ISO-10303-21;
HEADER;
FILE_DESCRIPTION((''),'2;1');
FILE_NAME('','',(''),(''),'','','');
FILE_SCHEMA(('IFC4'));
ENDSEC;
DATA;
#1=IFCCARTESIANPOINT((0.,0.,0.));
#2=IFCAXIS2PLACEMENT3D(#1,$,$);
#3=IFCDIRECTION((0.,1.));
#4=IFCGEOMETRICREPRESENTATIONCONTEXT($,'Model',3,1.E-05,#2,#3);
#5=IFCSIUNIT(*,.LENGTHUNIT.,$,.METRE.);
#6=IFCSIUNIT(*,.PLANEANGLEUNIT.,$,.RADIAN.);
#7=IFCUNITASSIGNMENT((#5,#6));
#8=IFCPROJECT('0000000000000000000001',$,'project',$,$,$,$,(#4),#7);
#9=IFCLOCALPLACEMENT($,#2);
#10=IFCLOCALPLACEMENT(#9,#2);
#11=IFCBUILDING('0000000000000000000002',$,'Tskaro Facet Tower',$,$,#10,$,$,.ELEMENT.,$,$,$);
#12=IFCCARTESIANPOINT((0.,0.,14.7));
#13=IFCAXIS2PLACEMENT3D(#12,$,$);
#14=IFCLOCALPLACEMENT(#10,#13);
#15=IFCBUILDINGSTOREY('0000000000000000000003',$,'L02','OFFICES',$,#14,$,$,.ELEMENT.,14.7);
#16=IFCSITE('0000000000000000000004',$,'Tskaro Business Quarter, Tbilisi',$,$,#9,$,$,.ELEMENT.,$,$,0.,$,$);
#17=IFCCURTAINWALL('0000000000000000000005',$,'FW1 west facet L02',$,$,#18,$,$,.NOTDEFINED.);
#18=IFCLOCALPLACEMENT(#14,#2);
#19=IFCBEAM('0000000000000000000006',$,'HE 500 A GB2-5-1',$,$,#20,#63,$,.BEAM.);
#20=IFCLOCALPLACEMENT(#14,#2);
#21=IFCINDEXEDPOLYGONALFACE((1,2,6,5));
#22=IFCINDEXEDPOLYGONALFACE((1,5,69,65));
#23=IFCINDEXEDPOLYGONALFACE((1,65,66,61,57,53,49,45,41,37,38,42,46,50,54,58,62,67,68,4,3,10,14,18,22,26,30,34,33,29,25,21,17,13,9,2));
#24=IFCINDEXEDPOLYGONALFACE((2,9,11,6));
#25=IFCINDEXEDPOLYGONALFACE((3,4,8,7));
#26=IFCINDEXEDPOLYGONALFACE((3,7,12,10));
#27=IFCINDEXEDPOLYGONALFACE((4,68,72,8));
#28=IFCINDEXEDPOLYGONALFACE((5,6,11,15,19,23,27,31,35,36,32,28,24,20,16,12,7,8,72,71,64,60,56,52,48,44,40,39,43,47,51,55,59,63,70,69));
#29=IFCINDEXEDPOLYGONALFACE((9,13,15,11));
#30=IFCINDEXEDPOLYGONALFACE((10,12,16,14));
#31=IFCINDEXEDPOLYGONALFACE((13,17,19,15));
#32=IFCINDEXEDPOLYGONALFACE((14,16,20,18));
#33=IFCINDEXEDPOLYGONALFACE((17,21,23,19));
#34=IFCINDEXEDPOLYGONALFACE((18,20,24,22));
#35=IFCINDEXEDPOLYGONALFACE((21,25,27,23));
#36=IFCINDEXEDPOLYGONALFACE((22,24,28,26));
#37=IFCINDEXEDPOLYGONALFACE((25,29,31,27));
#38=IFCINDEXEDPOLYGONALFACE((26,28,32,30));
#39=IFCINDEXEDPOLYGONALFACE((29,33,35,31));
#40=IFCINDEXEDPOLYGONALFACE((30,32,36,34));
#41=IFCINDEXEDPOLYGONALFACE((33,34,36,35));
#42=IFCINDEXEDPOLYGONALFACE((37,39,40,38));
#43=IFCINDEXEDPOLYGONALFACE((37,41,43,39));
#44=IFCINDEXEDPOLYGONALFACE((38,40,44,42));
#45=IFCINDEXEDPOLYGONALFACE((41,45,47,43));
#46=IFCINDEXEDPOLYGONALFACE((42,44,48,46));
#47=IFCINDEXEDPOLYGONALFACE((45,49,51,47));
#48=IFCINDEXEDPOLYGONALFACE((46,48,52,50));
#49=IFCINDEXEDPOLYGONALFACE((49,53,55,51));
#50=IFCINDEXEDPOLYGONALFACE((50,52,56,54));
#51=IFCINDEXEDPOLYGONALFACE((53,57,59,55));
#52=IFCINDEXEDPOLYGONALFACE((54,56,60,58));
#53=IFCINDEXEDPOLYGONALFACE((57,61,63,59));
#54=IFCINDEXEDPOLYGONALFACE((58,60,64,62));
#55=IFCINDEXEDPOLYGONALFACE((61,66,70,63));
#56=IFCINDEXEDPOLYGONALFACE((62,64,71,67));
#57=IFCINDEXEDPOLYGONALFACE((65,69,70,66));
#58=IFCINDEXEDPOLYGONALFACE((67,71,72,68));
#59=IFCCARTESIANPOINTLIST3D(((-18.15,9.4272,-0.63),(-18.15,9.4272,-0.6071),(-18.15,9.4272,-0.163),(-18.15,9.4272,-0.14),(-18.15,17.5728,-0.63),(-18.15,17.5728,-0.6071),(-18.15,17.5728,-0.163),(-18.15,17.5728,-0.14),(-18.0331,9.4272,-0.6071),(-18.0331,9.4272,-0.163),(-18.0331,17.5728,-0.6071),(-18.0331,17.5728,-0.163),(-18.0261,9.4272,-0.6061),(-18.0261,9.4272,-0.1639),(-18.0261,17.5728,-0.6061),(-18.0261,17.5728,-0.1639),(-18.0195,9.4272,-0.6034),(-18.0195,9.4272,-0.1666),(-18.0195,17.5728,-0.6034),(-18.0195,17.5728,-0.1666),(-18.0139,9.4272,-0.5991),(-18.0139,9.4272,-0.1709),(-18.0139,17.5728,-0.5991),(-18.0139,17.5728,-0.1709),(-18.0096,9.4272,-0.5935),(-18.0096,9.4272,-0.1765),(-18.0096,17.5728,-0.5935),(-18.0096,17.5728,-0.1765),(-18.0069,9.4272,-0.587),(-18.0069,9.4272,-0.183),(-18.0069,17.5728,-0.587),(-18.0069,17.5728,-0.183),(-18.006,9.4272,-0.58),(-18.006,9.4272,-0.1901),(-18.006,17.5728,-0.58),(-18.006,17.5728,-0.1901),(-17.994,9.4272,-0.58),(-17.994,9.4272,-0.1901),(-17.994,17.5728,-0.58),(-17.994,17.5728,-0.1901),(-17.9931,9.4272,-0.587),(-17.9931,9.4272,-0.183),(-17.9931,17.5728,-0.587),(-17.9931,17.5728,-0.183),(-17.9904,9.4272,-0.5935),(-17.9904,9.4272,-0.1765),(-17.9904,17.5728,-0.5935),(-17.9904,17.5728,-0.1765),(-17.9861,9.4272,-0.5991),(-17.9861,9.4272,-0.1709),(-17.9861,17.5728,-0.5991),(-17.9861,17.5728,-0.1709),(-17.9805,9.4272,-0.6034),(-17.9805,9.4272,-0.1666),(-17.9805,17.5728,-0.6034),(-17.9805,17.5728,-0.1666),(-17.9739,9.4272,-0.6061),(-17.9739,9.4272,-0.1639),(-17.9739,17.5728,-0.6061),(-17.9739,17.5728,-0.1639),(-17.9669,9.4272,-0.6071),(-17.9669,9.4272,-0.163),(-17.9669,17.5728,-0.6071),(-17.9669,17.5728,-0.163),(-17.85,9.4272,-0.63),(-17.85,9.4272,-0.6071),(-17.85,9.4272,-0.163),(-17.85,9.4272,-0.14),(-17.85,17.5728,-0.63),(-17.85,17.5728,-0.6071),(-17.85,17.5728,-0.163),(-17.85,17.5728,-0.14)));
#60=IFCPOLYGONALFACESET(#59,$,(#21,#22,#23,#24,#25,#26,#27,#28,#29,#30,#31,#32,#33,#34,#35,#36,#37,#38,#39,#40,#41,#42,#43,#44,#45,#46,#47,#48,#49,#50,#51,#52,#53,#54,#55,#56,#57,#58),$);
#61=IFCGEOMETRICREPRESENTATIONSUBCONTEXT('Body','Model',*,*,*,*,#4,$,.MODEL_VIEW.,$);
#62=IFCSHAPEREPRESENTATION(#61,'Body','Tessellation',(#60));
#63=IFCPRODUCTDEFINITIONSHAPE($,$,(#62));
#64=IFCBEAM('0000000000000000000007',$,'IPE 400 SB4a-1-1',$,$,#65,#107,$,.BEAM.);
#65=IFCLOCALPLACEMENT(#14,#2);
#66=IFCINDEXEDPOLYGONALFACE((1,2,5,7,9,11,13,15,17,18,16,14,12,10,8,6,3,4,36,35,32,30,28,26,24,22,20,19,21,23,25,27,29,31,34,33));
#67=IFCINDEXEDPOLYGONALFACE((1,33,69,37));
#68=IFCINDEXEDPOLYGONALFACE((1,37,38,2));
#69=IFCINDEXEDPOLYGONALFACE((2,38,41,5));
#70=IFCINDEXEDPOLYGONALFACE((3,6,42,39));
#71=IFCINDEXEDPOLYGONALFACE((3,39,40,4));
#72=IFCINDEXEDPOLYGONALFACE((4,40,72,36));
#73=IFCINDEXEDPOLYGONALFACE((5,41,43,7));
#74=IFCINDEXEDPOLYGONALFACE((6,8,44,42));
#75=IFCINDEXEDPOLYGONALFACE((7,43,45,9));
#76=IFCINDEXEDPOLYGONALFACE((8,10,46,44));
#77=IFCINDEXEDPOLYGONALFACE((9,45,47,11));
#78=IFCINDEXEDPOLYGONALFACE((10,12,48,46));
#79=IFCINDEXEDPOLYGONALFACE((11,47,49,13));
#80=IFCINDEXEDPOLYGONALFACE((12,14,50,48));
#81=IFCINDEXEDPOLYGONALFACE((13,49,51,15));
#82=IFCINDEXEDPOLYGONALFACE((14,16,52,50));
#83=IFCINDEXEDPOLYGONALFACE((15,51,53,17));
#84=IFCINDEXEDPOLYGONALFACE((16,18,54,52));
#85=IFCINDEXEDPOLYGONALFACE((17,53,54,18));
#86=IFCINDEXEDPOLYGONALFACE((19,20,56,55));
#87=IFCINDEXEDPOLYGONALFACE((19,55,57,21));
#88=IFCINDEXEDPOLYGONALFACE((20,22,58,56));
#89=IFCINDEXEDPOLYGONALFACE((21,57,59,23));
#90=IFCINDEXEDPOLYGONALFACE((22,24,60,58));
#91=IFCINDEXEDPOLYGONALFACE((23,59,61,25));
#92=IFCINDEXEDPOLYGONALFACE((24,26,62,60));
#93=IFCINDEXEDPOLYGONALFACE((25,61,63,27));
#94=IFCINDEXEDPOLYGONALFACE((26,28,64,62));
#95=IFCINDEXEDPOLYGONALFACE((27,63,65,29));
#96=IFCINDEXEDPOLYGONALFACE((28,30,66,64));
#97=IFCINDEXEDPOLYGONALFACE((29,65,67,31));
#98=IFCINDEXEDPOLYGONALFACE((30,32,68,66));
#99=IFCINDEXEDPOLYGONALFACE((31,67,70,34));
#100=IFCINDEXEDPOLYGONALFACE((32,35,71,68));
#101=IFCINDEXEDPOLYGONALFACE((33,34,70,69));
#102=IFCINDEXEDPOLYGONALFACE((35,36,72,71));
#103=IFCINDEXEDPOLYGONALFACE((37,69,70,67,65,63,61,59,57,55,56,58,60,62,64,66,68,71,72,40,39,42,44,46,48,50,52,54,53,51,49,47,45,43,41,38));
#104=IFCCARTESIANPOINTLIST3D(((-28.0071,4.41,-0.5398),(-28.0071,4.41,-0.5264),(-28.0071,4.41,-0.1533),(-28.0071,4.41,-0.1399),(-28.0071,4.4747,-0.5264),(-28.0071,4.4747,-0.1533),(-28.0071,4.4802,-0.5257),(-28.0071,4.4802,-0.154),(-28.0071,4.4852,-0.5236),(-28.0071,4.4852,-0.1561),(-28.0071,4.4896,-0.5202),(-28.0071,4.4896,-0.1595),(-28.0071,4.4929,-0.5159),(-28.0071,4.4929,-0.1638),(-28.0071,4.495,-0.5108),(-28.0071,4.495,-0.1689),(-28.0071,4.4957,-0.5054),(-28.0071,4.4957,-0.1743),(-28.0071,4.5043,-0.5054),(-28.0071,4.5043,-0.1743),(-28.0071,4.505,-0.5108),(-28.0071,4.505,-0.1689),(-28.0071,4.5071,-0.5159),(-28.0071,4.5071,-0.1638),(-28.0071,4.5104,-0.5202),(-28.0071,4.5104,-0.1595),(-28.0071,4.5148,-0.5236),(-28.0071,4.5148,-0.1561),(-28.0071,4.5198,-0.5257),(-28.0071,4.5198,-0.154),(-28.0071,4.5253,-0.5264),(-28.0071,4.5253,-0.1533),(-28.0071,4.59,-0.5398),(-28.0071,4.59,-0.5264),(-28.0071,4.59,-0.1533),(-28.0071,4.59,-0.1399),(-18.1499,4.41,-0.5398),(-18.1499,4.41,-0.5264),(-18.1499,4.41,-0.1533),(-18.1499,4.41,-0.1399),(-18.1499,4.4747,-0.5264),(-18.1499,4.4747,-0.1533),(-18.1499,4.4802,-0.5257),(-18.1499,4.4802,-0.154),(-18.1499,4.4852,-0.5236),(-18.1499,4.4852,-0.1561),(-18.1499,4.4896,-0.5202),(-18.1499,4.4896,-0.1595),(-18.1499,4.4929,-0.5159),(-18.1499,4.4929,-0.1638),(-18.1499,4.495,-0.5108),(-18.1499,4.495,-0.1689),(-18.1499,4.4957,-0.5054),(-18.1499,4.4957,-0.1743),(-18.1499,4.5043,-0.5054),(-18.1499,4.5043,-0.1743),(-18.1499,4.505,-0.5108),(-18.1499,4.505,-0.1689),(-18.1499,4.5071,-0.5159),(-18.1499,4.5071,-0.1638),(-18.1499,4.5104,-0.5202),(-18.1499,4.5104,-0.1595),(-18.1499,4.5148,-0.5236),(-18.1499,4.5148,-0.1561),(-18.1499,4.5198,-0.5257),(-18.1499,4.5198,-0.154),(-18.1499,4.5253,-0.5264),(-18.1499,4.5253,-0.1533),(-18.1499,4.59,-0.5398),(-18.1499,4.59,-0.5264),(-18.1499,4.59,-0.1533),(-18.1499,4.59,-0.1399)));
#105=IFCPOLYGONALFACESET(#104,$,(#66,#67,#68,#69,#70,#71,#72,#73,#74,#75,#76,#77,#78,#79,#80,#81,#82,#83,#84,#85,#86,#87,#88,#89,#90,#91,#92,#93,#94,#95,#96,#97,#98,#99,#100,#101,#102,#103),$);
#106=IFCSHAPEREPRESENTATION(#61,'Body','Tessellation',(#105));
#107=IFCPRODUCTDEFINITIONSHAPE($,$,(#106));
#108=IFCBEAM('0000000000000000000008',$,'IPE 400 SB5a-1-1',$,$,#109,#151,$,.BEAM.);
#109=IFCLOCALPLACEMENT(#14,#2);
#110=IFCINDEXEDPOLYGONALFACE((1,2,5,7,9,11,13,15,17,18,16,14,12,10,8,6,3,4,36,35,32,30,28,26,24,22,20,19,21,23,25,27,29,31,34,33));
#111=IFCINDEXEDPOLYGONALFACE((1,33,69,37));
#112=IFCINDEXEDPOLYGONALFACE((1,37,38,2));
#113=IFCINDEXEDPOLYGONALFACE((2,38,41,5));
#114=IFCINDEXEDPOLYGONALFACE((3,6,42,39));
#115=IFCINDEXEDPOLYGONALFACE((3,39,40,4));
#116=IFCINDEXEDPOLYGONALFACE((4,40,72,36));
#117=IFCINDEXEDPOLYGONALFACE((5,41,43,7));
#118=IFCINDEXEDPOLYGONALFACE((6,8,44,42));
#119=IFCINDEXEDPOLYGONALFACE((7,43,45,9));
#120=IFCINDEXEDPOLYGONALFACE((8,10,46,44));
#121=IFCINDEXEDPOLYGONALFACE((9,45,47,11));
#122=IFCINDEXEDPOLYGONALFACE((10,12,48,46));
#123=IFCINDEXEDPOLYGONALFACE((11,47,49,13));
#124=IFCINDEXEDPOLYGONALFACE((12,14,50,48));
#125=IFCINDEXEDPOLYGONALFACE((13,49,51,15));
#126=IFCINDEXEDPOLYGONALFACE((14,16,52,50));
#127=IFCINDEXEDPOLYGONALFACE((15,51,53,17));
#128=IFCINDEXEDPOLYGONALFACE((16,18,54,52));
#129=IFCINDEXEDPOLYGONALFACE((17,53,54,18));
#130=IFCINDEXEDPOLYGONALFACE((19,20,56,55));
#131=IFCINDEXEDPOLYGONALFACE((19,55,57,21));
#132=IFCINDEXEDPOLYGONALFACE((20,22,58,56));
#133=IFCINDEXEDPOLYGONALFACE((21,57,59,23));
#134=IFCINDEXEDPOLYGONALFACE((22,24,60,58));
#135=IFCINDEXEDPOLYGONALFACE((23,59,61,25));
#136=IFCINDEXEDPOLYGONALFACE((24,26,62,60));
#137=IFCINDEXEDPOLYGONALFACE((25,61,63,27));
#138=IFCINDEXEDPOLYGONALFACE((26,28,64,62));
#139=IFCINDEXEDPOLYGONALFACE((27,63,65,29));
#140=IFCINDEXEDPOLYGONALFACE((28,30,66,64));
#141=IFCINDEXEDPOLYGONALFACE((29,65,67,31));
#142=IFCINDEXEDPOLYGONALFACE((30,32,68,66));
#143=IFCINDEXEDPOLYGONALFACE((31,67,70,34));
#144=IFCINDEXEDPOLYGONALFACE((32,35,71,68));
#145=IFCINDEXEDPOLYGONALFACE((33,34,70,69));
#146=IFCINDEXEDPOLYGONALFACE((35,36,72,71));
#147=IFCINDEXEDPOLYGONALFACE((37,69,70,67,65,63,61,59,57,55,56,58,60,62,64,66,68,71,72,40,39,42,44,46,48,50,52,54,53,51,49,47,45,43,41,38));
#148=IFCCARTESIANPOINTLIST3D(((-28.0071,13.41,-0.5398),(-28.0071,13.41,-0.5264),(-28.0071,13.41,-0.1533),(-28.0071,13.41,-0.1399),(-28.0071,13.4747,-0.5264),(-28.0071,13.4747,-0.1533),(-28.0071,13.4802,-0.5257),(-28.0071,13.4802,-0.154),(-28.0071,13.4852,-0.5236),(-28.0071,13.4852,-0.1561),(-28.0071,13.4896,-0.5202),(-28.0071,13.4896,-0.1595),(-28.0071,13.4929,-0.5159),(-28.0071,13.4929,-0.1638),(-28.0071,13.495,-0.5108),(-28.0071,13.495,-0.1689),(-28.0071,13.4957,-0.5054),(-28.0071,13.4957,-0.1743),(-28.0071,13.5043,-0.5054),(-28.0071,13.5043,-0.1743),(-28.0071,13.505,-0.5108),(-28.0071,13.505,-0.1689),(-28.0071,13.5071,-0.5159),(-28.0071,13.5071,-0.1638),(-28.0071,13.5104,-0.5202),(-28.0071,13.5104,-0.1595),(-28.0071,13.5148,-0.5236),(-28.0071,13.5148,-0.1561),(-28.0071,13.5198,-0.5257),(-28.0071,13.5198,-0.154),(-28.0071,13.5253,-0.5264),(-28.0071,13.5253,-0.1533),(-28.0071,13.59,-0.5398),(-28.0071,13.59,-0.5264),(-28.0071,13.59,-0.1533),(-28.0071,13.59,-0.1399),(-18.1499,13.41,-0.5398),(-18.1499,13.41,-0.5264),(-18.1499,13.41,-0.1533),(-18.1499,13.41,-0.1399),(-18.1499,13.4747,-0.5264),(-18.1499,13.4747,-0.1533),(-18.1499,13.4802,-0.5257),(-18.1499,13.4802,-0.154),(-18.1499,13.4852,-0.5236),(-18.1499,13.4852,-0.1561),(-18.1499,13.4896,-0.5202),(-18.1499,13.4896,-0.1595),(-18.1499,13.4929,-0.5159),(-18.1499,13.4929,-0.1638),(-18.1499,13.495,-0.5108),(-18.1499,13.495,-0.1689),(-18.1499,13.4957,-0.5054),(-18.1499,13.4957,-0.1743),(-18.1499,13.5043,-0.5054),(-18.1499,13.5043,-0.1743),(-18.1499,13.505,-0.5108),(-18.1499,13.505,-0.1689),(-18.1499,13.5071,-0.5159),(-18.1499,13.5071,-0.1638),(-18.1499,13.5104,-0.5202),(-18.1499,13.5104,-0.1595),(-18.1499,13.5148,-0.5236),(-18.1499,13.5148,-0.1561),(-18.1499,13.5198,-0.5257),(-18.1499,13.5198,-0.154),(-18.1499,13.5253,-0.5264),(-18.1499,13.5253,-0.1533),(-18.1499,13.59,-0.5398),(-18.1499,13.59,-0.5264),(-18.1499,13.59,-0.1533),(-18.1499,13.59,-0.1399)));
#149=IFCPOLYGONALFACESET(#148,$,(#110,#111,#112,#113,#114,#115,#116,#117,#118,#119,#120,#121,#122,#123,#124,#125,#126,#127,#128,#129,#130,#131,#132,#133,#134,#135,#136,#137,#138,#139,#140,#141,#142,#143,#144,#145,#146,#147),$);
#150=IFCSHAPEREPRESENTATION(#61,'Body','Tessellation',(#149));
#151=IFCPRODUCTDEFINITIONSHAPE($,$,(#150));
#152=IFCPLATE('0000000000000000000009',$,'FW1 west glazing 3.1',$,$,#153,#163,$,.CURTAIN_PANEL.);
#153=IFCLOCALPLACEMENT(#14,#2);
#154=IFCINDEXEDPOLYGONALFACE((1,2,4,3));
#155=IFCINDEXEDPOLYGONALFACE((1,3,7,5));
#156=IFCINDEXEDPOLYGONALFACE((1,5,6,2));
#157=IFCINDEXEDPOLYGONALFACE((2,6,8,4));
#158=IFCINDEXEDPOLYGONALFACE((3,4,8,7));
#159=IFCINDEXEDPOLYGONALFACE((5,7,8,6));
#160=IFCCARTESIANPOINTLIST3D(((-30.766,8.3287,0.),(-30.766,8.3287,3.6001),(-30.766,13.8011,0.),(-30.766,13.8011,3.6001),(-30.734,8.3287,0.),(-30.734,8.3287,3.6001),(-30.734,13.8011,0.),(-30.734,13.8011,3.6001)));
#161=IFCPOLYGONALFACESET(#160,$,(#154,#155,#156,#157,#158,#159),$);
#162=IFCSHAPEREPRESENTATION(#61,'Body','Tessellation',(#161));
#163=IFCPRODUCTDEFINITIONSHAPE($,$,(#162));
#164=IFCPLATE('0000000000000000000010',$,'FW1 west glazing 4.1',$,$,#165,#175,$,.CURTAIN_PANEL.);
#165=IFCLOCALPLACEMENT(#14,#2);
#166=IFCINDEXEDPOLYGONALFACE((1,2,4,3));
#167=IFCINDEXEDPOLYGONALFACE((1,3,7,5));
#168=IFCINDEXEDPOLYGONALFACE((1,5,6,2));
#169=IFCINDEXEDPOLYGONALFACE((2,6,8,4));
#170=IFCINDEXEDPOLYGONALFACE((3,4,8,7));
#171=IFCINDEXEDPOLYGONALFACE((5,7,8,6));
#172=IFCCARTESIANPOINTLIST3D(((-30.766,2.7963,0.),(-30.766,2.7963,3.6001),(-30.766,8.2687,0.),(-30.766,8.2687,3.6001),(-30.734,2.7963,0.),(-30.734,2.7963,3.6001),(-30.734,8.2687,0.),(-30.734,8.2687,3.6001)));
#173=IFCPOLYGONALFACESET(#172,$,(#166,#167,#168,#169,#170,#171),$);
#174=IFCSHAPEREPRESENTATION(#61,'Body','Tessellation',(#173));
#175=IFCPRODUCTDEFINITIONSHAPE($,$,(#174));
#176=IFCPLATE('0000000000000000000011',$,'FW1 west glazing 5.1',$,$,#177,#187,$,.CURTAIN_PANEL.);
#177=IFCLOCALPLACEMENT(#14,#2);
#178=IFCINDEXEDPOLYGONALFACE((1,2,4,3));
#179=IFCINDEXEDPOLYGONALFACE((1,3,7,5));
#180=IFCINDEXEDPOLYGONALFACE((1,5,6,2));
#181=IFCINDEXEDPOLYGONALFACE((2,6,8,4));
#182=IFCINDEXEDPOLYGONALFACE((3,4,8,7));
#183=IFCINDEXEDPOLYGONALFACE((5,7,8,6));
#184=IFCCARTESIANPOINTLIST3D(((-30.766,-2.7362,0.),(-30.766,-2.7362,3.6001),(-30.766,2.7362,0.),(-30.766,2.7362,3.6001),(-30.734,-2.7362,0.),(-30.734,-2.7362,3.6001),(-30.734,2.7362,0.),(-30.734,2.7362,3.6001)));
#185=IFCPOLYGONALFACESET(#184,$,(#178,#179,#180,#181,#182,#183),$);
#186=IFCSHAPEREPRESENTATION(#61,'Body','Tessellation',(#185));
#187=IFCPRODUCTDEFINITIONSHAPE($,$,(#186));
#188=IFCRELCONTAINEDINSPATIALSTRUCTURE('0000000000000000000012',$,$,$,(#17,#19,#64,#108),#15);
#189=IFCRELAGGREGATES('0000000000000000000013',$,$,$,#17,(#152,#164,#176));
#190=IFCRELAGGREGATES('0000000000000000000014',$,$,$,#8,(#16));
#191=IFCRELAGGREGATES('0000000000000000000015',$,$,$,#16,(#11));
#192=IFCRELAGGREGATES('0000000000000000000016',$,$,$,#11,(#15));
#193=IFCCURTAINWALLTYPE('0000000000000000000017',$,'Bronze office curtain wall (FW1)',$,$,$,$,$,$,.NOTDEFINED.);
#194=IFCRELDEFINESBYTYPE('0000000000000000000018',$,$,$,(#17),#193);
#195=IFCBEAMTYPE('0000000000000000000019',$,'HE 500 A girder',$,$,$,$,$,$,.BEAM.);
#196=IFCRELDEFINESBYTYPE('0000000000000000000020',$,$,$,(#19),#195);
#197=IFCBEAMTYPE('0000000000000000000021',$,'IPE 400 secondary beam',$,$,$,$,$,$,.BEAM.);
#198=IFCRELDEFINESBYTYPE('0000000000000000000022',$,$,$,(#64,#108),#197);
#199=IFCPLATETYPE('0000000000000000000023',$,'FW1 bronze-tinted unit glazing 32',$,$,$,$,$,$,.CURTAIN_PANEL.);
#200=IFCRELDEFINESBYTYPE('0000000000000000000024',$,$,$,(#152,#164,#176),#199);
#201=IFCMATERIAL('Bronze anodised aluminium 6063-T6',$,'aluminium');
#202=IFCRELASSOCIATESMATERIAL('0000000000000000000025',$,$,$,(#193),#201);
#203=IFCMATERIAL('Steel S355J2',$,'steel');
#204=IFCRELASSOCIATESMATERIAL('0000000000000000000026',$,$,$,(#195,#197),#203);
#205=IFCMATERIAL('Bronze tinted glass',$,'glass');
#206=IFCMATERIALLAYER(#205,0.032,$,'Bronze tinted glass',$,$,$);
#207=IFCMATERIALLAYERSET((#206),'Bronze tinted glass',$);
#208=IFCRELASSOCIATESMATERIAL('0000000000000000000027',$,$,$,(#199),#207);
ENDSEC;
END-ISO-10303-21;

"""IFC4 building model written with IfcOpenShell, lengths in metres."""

from ifc_helpers import new_model, si_unit, direction, frame, origin, origin_2d, place, context, subcontext, project, spatial, rectangle, i_section, extrude, material, layer, layer_set, material_profile, profile_set, type_object, element, aggregate, save


model = new_model("IFC4")

# Units and contexts
model_context = context("Model", 3, precision=1e-05, world=origin(), true_north=direction((0.0, 1.0)))
body_context = subcontext(model_context, "Body", "Model", "MODEL_VIEW")
ifc_project = project(units=[si_unit("LENGTHUNIT", "METRE"), si_unit("PLANEANGLEUNIT", "RADIAN")], contexts=[model_context])

# Site, building, storey
site_placement = place(None, origin())
site = spatial("IfcSite", under=ifc_project, at=site_placement, Name="Tskaro Business Quarter, Tbilisi", CompositionType="ELEMENT", RefElevation=0.0)
building_placement = place(site_placement, origin())
building = spatial("IfcBuilding", under=site, at=building_placement, Name="Tskaro Facet Tower", CompositionType="ELEMENT")
storey_placement = place(building_placement, frame((0.0, 0.0, 14.7)))
storey = spatial("IfcBuildingStorey", under=building, at=storey_placement, Name="L02", Description="OFFICES", CompositionType="ELEMENT", Elevation=14.7)

# Curtain wall
ifc_material_1 = material(Name="Bronze anodised aluminium 6063-T6", Category="aluminium")
curtain_wall_type = type_object("IfcCurtainWallType", Name="Bronze office curtain wall (FW1)", PredefinedType="NOTDEFINED", material=ifc_material_1)
curtain_wall_placement = place(storey_placement, origin())
curtain_wall = element("IfcCurtainWall", 1, at=curtain_wall_placement, inside=storey, type_object=curtain_wall_type, Name="FW1 west facet L02", PredefinedType="NOTDEFINED")

# Beams
ifc_material_2 = material(Name="Steel S355J2", Category="steel")
ifc_material_profile_1 = material_profile(ifc_material_2, i_section(OverallWidth=0.3, OverallDepth=0.49, WebThickness=0.012, FlangeThickness=0.0229, FilletRadius=0.0271, at=origin_2d()), Name="HE 500 A")
ifc_profile_set_1 = profile_set([ifc_material_profile_1], Name="Steel S355J2")
beam_type_1 = type_object("IfcBeamType", Name="HE 500 A girder", PredefinedType="BEAM", material=ifc_profile_set_1)
for number, where, z_axis, x_axis, name in (
    (2, (-18.0, 9.4272, -0.385), (0.0, 1.0, 0.0), (-1.0, 0.0, 0.0), "HE 500 A GB2-5-1"),
):
    element("IfcBeam", number, at=place(storey_placement, frame(where, z_axis=z_axis, x_axis=x_axis)), inside=storey, type_object=beam_type_1, Name=name, PredefinedType="BEAM", context=body_context, shape_type="SweptSolid", body=[
        extrude(i_section(OverallWidth=0.3, OverallDepth=0.49, WebThickness=0.012, FlangeThickness=0.0229, FilletRadius=0.0271, at=origin_2d()), origin(), (0.0, 0.0, 1.0), 8.1455),
    ])
ifc_material_profile_2 = material_profile(ifc_material_2, i_section(OverallWidth=0.1799, OverallDepth=0.3999, WebThickness=0.0085, FlangeThickness=0.0134, FilletRadius=0.021, at=origin_2d()), Name="IPE 400")
ifc_profile_set_2 = profile_set([ifc_material_profile_2], Name="Steel S355J2")
beam_type_2 = type_object("IfcBeamType", Name="IPE 400 secondary beam", PredefinedType="BEAM", material=ifc_profile_set_2)
for number, where, z_axis, x_axis, name in (
    (3, (-28.0071, 4.5, -0.3398), (1.0, 0.0, 0.0), (0.0, 1.0, 0.0), "IPE 400 SB4a-1-1"),
    (4, (-28.0071, 13.5, -0.3398), (1.0, 0.0, 0.0), (0.0, 1.0, 0.0), "IPE 400 SB5a-1-1"),
):
    element("IfcBeam", number, at=place(storey_placement, frame(where, z_axis=z_axis, x_axis=x_axis)), inside=storey, type_object=beam_type_2, Name=name, PredefinedType="BEAM", context=body_context, shape_type="SweptSolid", body=[
        extrude(i_section(OverallWidth=0.1799, OverallDepth=0.3999, WebThickness=0.0085, FlangeThickness=0.0134, FilletRadius=0.021, at=origin_2d()), origin(), (0.0, 0.0, 1.0), 9.8572),
    ])

# Plates
ifc_material_3 = material(Name="Bronze tinted glass", Category="glass")
ifc_layer_1 = layer(ifc_material_3, 0.032, Name="Bronze tinted glass")
ifc_layer_set_1 = layer_set([ifc_layer_1], Name="Bronze tinted glass")
plate_type = type_object("IfcPlateType", Name="FW1 bronze-tinted unit glazing 32", PredefinedType="CURTAIN_PANEL", material=ifc_layer_set_1)
plate_1_placement = place(storey_placement, frame((-30.75, 11.0649, 0.0), z_axis=(0.0, 0.0, 1.0), x_axis=(0.0, -1.0, 0.0)))
plate_1 = element("IfcPlate", 5, at=plate_1_placement, type_object=plate_type, Name="FW1 west glazing 3.1", PredefinedType="CURTAIN_PANEL", context=body_context, shape_type="SweptSolid", body=[
    extrude(rectangle(XDim=5.4724, YDim=0.032, at=origin_2d()), origin(), (0.0, 0.0, 1.0), 3.6001),
])
plate_2_placement = place(storey_placement, frame((-30.75, 5.5325, 0.0), z_axis=(0.0, 0.0, 1.0), x_axis=(0.0, -1.0, 0.0)))
plate_2 = element("IfcPlate", 6, at=plate_2_placement, type_object=plate_type, Name="FW1 west glazing 4.1", PredefinedType="CURTAIN_PANEL", context=body_context, shape_type="SweptSolid", body=[
    extrude(rectangle(XDim=5.4724, YDim=0.032, at=origin_2d()), origin(), (0.0, 0.0, 1.0), 3.6001),
])
plate_3_placement = place(storey_placement, frame((-30.75, 0.0, 0.0), z_axis=(0.0, 0.0, 1.0), x_axis=(0.0, -1.0, 0.0)))
plate_3 = element("IfcPlate", 7, at=plate_3_placement, type_object=plate_type, Name="FW1 west glazing 5.1", PredefinedType="CURTAIN_PANEL", context=body_context, shape_type="SweptSolid", body=[
    extrude(rectangle(XDim=5.4724, YDim=0.032, at=origin_2d()), origin(), (0.0, 0.0, 1.0), 3.6001),
])
aggregate(curtain_wall, [plate_1, plate_2, plate_3])

save(model, "model.ifc")
